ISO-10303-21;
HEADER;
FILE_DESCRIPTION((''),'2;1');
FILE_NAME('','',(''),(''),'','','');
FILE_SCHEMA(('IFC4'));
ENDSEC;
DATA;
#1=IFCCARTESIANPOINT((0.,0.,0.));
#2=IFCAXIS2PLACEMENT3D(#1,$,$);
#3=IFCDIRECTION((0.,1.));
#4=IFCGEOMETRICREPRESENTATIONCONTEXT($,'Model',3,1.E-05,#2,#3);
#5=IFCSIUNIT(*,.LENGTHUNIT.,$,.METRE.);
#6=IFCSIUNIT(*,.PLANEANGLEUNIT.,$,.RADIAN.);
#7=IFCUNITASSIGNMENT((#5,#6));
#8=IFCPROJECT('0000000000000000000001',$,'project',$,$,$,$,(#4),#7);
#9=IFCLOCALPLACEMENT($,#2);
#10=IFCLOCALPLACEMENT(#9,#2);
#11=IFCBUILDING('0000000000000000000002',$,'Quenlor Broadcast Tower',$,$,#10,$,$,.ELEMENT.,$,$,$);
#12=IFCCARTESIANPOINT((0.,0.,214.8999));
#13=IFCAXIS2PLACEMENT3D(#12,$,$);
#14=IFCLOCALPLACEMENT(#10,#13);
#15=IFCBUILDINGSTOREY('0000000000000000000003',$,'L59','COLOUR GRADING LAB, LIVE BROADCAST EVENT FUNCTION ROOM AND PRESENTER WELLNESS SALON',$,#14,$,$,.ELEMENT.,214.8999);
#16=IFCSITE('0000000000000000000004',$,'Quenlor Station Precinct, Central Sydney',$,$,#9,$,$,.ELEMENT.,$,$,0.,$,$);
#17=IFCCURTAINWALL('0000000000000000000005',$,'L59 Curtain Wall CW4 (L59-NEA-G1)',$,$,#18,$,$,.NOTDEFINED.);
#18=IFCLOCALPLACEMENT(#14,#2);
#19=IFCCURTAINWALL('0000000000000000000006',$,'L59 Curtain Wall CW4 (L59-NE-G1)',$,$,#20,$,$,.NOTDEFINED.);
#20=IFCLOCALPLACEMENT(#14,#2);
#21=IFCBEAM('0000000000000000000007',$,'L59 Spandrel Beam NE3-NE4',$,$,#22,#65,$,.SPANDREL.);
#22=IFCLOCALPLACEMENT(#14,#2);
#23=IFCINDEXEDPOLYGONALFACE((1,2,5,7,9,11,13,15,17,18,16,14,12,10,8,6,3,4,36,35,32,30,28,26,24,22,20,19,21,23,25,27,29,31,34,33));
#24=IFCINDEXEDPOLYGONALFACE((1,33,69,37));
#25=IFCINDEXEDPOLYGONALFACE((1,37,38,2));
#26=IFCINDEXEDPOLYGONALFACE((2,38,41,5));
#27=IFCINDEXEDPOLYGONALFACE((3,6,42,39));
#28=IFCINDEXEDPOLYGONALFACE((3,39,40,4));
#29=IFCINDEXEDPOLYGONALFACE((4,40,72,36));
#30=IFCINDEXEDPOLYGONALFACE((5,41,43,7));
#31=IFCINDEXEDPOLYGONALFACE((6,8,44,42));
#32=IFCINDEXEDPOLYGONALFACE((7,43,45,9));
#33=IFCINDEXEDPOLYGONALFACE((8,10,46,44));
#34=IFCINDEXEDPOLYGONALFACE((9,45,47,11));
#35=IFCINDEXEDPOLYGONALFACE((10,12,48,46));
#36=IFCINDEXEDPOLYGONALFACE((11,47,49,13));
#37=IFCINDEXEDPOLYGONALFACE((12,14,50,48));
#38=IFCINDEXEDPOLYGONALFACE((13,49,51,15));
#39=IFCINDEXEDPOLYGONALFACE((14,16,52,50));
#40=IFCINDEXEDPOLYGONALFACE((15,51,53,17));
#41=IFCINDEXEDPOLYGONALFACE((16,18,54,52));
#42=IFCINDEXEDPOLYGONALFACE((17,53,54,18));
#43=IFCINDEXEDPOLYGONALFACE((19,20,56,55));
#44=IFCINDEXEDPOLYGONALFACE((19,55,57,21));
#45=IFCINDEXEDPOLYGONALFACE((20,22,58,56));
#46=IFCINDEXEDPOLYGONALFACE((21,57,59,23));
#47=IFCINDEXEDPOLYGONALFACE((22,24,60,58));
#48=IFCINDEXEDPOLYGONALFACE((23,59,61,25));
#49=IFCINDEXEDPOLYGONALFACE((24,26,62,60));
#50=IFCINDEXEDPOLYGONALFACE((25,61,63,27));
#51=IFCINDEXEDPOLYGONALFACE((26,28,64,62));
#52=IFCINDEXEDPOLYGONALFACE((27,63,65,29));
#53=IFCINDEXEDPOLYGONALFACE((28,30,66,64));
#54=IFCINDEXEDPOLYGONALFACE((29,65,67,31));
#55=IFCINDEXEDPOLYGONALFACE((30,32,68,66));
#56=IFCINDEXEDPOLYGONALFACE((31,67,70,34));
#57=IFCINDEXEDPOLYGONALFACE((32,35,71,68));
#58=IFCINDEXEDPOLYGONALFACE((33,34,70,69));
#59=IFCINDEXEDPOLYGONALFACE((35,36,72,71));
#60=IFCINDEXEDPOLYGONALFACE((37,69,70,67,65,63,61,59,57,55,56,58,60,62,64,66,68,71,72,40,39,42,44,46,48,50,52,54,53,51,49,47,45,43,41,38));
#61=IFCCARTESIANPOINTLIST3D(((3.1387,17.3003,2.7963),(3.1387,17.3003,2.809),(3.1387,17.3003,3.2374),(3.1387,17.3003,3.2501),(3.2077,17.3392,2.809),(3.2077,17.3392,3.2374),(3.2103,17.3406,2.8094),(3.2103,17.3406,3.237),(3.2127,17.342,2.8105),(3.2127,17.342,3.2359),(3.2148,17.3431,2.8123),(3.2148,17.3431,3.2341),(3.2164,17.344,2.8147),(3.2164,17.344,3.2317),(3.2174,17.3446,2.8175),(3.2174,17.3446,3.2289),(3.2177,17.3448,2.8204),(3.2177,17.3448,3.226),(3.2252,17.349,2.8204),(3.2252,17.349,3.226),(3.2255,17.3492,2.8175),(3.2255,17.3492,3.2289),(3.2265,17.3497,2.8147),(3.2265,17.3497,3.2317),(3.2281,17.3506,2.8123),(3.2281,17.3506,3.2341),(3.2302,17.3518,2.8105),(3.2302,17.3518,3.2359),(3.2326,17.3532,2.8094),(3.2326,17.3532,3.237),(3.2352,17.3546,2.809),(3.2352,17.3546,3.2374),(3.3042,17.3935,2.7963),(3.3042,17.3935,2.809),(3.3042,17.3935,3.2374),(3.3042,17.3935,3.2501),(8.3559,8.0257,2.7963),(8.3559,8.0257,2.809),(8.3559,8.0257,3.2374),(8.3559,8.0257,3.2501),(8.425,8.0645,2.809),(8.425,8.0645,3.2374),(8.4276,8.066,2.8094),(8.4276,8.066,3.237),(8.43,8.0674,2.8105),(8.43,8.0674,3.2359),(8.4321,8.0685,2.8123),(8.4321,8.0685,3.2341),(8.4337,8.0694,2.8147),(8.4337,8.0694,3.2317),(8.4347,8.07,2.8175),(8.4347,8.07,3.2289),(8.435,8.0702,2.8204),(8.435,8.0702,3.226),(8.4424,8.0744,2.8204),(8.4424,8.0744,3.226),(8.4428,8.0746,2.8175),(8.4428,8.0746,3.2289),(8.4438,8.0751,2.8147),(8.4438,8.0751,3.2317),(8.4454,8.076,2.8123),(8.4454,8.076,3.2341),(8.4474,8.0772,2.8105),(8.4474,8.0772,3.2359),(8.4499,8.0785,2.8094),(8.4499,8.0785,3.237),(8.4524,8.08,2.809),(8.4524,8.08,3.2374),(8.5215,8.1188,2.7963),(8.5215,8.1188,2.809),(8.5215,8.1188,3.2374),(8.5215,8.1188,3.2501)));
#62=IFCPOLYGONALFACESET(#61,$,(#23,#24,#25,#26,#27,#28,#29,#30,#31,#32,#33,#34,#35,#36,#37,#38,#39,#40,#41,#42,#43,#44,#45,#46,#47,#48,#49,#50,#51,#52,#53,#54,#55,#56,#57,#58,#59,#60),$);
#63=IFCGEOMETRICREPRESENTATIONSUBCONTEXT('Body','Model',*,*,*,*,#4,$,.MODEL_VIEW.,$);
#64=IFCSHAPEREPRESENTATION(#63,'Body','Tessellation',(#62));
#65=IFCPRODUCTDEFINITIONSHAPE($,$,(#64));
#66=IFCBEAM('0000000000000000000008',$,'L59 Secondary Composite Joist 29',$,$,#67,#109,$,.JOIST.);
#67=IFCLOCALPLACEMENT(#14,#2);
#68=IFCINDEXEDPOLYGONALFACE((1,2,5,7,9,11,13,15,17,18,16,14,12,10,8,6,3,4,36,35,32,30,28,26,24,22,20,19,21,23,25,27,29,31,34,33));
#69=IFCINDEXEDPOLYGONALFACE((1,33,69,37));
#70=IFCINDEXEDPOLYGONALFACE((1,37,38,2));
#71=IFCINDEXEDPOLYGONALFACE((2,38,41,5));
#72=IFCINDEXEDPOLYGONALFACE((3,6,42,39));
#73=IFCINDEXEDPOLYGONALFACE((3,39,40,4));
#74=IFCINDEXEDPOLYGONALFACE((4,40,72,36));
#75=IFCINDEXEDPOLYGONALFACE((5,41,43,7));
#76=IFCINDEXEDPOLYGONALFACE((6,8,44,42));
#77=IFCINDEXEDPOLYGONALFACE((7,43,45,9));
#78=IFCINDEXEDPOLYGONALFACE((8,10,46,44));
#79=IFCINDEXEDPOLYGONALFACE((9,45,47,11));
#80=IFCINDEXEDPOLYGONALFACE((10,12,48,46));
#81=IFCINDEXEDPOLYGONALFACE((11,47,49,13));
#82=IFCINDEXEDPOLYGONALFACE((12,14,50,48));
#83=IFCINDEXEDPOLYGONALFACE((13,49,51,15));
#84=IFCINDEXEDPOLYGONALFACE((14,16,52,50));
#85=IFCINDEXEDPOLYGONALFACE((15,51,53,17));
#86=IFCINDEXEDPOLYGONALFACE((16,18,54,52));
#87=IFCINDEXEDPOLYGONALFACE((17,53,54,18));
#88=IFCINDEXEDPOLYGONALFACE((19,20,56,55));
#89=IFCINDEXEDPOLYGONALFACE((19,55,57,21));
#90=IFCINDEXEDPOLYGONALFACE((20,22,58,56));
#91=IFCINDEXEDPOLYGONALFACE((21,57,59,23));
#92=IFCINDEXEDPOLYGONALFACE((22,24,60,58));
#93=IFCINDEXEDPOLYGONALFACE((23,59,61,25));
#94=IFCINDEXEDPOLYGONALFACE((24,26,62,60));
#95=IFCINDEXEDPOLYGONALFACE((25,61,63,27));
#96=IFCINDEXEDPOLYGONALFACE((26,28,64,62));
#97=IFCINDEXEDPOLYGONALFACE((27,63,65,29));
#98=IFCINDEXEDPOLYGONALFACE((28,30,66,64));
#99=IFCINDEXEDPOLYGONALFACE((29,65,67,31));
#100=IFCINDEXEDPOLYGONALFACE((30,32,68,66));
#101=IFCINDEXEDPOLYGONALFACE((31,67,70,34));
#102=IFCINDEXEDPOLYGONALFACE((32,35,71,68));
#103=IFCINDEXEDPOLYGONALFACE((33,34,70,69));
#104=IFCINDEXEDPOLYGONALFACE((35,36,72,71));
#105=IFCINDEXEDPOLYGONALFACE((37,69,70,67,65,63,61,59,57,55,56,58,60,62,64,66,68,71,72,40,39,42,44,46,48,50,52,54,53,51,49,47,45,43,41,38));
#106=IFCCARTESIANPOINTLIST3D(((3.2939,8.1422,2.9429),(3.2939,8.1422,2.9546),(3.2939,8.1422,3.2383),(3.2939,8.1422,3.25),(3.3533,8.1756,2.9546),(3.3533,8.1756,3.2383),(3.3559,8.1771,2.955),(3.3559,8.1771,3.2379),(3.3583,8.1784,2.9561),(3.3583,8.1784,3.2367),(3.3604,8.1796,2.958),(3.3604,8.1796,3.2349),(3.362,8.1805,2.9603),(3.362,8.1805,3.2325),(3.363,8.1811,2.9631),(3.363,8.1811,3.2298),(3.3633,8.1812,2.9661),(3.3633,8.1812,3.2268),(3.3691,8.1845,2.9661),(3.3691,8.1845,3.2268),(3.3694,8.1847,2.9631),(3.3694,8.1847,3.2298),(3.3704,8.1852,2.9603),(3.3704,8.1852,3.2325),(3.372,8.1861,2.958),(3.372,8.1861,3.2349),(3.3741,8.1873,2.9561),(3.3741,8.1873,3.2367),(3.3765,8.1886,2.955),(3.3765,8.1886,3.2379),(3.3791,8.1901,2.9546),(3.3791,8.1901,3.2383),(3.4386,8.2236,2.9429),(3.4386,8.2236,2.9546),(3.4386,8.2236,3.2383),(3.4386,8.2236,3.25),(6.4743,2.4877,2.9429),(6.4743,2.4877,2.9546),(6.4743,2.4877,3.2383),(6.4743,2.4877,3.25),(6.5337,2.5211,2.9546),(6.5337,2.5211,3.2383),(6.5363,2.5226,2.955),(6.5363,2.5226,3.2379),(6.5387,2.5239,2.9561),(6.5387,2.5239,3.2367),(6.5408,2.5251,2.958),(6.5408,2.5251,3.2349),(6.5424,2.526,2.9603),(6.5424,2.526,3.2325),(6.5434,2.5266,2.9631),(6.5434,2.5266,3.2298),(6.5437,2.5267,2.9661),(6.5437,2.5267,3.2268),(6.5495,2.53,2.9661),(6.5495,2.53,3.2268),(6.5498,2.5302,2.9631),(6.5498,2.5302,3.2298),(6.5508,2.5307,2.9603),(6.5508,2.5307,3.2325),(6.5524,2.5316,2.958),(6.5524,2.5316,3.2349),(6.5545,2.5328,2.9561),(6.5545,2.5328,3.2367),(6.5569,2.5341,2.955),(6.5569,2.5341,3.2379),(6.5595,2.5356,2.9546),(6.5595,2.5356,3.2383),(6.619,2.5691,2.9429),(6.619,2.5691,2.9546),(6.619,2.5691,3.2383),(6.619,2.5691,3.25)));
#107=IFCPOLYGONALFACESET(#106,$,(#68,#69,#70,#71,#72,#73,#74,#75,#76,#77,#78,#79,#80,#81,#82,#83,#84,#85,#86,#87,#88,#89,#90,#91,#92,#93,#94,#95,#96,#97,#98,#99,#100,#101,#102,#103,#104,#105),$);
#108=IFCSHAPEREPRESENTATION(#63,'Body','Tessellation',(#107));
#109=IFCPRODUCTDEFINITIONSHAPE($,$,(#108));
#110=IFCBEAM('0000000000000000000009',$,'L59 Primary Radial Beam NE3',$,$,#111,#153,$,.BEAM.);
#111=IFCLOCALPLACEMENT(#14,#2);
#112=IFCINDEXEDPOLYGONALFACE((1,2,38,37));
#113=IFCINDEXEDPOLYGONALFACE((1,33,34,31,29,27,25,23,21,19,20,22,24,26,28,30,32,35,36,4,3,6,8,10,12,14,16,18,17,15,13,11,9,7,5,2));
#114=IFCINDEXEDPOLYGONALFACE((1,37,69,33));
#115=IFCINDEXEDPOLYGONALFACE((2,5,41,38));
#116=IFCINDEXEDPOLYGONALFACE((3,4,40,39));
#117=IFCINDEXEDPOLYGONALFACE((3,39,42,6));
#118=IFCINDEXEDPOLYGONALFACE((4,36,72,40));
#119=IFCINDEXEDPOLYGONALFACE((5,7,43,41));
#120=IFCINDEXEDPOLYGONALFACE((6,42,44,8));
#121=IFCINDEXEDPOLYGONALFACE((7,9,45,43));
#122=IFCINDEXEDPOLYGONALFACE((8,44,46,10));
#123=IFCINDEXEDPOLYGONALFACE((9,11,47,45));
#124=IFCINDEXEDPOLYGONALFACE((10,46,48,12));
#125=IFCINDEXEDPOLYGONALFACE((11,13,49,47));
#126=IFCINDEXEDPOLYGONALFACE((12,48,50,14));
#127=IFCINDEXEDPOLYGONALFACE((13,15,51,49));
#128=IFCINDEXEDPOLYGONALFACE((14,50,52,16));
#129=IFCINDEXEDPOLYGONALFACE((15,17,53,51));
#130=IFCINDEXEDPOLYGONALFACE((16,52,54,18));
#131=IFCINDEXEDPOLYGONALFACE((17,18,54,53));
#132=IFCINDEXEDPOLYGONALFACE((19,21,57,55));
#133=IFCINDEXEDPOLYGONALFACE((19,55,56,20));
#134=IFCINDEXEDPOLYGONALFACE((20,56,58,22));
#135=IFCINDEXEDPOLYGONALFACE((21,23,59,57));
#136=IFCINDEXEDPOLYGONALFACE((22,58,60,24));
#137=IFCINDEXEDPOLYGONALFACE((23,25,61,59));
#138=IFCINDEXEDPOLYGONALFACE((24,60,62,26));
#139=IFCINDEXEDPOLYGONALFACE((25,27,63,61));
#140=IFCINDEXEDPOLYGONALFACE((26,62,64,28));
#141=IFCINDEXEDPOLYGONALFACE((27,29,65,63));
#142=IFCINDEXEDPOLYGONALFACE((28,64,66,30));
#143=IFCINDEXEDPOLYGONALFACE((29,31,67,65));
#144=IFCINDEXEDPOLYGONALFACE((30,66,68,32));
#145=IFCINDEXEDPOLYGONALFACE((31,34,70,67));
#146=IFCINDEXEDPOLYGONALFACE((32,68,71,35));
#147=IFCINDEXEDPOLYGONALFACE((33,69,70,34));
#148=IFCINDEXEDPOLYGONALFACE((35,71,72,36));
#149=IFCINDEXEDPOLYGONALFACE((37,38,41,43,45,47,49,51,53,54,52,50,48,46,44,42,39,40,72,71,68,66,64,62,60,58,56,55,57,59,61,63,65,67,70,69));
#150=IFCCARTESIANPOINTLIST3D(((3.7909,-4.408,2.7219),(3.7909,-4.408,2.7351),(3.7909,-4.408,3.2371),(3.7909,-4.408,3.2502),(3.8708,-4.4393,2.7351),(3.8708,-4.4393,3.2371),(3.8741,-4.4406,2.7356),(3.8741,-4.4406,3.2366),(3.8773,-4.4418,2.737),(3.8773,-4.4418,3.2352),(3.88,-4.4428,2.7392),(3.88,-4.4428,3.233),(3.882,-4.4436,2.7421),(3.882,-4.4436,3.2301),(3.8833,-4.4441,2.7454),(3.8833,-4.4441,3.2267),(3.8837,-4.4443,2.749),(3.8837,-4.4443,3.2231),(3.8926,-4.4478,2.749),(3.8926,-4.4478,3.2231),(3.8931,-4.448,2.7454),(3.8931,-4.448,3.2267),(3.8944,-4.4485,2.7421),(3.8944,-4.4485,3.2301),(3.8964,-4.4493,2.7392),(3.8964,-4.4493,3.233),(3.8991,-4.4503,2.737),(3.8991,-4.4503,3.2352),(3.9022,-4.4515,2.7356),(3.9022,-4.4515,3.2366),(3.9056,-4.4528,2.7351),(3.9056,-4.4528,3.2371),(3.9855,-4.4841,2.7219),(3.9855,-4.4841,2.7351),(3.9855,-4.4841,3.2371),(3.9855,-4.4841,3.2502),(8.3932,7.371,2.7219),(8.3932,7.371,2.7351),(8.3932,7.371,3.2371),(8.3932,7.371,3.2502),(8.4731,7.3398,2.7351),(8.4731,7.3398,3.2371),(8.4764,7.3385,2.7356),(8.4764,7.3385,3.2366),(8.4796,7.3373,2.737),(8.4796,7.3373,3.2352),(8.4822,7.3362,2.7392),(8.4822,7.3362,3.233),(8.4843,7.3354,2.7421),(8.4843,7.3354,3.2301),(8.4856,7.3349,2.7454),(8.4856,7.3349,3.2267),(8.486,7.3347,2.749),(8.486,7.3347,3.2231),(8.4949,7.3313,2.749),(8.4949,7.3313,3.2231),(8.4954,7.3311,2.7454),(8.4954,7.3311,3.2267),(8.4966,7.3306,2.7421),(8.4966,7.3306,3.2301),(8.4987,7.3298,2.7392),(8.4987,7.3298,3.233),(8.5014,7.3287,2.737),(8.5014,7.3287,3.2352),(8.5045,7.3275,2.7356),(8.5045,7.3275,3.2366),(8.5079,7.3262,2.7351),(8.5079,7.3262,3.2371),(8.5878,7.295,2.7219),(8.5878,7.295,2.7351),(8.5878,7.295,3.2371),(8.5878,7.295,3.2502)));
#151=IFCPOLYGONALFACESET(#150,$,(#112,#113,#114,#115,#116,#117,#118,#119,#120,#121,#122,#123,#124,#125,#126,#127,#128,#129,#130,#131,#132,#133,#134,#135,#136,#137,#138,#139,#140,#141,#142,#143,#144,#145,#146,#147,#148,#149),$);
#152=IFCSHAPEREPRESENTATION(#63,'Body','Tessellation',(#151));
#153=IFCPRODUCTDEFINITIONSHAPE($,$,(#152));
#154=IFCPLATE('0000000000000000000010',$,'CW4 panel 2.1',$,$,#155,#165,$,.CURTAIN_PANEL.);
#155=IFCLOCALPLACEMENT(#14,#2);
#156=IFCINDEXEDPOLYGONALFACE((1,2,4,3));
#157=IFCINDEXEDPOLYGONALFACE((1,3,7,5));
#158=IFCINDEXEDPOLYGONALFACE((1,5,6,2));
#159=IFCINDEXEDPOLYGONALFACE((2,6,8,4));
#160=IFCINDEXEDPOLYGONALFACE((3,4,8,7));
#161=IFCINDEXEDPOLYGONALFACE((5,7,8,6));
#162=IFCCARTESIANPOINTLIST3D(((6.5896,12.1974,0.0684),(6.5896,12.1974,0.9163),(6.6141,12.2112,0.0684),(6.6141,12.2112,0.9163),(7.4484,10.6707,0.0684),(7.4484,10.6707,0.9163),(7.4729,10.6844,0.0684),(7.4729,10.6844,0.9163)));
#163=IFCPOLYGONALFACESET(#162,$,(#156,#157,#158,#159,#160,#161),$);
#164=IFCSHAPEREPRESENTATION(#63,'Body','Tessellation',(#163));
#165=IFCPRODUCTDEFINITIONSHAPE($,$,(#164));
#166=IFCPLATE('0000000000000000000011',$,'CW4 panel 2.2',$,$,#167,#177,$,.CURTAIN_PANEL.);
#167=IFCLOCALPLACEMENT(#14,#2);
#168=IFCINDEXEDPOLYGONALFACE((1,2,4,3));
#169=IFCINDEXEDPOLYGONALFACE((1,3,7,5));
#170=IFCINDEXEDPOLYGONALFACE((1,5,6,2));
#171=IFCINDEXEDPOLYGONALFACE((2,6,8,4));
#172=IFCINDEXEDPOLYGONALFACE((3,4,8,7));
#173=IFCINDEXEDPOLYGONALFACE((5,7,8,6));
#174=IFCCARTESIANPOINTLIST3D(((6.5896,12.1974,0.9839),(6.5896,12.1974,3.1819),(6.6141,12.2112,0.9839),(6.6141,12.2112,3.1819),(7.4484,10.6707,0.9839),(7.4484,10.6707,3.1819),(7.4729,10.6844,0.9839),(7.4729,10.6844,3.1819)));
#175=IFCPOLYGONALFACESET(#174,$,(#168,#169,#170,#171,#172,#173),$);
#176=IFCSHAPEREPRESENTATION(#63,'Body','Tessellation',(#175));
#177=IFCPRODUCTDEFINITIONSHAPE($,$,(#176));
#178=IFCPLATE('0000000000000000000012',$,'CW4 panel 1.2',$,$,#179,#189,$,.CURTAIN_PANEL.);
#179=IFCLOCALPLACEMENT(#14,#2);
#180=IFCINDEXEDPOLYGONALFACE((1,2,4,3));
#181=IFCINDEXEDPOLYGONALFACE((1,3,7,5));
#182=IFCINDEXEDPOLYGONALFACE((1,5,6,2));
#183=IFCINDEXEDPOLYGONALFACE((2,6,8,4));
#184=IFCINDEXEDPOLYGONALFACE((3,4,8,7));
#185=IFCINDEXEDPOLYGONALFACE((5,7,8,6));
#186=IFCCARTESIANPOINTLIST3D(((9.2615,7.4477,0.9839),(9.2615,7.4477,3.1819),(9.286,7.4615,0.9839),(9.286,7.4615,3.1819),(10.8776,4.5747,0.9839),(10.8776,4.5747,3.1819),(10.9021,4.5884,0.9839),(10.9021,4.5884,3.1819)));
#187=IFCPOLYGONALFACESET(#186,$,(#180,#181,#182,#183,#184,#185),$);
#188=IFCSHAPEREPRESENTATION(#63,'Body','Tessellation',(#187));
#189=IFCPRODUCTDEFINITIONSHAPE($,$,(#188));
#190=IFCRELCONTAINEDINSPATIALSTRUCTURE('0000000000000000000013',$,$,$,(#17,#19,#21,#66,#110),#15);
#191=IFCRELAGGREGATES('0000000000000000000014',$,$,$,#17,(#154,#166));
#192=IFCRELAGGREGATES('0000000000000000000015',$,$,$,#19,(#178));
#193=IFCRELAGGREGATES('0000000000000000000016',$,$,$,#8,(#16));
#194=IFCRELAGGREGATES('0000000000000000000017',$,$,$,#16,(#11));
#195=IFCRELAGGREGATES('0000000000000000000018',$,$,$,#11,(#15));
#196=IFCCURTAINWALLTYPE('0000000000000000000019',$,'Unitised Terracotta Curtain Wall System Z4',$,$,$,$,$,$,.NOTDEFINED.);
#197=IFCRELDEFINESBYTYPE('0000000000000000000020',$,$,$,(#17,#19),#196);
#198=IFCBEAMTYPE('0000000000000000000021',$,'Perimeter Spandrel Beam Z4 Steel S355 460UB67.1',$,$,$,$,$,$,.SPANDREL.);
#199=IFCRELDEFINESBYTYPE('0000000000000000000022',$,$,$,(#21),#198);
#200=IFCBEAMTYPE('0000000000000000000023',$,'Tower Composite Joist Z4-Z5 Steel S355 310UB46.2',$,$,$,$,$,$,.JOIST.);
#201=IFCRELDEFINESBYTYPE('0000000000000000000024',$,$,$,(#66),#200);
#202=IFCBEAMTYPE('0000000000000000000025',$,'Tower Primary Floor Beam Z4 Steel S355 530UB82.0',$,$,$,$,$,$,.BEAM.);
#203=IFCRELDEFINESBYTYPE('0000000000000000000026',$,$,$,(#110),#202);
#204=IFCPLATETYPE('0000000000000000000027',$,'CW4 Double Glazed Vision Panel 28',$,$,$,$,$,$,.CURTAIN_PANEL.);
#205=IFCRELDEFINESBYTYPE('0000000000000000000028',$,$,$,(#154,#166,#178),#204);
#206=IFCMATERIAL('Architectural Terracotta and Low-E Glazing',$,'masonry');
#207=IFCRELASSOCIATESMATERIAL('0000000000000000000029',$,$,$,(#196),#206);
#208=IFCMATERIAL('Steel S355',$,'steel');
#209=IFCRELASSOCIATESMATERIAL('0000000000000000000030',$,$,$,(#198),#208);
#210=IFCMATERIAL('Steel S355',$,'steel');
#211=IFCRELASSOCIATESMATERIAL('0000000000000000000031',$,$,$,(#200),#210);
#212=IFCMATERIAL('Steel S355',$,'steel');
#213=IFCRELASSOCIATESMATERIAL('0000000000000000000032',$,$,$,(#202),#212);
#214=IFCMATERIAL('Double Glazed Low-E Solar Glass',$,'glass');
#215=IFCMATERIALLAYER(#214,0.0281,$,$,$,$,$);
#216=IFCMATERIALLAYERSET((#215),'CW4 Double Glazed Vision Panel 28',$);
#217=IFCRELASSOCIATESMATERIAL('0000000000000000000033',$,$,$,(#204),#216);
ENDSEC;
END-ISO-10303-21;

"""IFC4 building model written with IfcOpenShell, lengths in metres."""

from ifc_helpers import new_model, si_unit, direction, frame, origin, origin_2d, place, context, subcontext, project, spatial, rectangle, i_section, extrude, material, layer, layer_set, material_profile, profile_set, type_object, element, aggregate, save


model = new_model("IFC4")

# Units and contexts
model_context = context("Model", 3, precision=1e-05, world=origin(), true_north=direction((0.0, 1.0)))
body_context = subcontext(model_context, "Body", "Model", "MODEL_VIEW")
ifc_project = project(units=[si_unit("LENGTHUNIT", "METRE"), si_unit("PLANEANGLEUNIT", "RADIAN")], contexts=[model_context])

# Site, building, storey
site_placement = place(None, origin())
site = spatial("IfcSite", under=ifc_project, at=site_placement, Name="Quenlor Station Precinct, Central Sydney", CompositionType="ELEMENT", RefElevation=0.0)
building_placement = place(site_placement, origin())
building = spatial("IfcBuilding", under=site, at=building_placement, Name="Quenlor Broadcast Tower", CompositionType="ELEMENT")
storey_placement = place(building_placement, frame((0.0, 0.0, 214.8999)))
storey = spatial("IfcBuildingStorey", under=building, at=storey_placement, Name="L59", Description="COLOUR GRADING LAB, LIVE BROADCAST EVENT FUNCTION ROOM AND PRESENTER WELLNESS SALON", CompositionType="ELEMENT", Elevation=214.8999)

# Curtain walls
ifc_material_1 = material(Name="Architectural Terracotta and Low-E Glazing", Category="masonry")
curtain_wall_type = type_object("IfcCurtainWallType", Name="Unitised Terracotta Curtain Wall System Z4", PredefinedType="NOTDEFINED", material=ifc_material_1)
curtain_wall_1_placement = place(storey_placement, origin())
curtain_wall_1 = element("IfcCurtainWall", 1, at=curtain_wall_1_placement, inside=storey, type_object=curtain_wall_type, Name="L59 Curtain Wall CW4 (L59-NEA-G1)", PredefinedType="NOTDEFINED")
curtain_wall_2_placement = place(storey_placement, origin())
curtain_wall_2 = element("IfcCurtainWall", 2, at=curtain_wall_2_placement, inside=storey, type_object=curtain_wall_type, Name="L59 Curtain Wall CW4 (L59-NE-G1)", PredefinedType="NOTDEFINED")

# Beams
ifc_material_2 = material(Name="Steel S355", Category="steel")
ifc_material_profile_1 = material_profile(ifc_material_2, i_section(OverallWidth=0.1899, OverallDepth=0.4539, WebThickness=0.0085, FlangeThickness=0.0127, FilletRadius=0.0115, at=origin_2d()))
ifc_profile_set_1 = profile_set([ifc_material_profile_1], Name="Steel S355 460UB67.1")
beam_type_1 = type_object("IfcBeamType", Name="Perimeter Spandrel Beam Z4 Steel S355 460UB67.1", PredefinedType="SPANDREL", material=ifc_profile_set_1)
beam_1_placement = place(storey_placement, frame((8.4387, 8.0723, 3.0232), z_axis=(-0.490282, 0.871564, 0.0), x_axis=(-0.871564, -0.490282, 0.0)))
element("IfcBeam", 3, at=beam_1_placement, inside=storey, type_object=beam_type_1, Name="L59 Spandrel Beam NE3-NE4", PredefinedType="SPANDREL", context=body_context, shape_type="SweptSolid", body=[
    extrude(i_section(OverallWidth=0.1899, OverallDepth=0.4539, WebThickness=0.0085, FlangeThickness=0.0127, FilletRadius=0.0115, at=origin_2d()), origin(), (0.0, 0.0, 1.0), 10.6414),
])
ifc_material_3 = material(Name="Steel S355", Category="steel")
ifc_material_profile_2 = material_profile(ifc_material_3, i_section(OverallWidth=0.166, OverallDepth=0.3071, WebThickness=0.0066, FlangeThickness=0.0117, FilletRadius=0.0115, at=origin_2d()))
ifc_profile_set_2 = profile_set([ifc_material_profile_2], Name="Steel S355 310UB46.2")
beam_type_2 = type_object("IfcBeamType", Name="Tower Composite Joist Z4-Z5 Steel S355 310UB46.2", PredefinedType="JOIST", material=ifc_profile_set_2)
beam_2_placement = place(storey_placement, frame((3.3662, 8.1829, 3.0964), z_axis=(0.490231, -0.871593, 0.0), x_axis=(0.871593, 0.490231, 0.0)))
element("IfcBeam", 4, at=beam_2_placement, inside=storey, type_object=beam_type_2, Name="L59 Secondary Composite Joist 29", PredefinedType="JOIST", context=body_context, shape_type="SweptSolid", body=[
    extrude(i_section(OverallWidth=0.166, OverallDepth=0.3071, WebThickness=0.0066, FlangeThickness=0.0117, FilletRadius=0.0115, at=origin_2d()), origin(), (0.0, 0.0, 1.0), 6.4875),
])
ifc_material_4 = material(Name="Steel S355", Category="steel")
ifc_material_profile_3 = material_profile(ifc_material_4, i_section(OverallWidth=0.209, OverallDepth=0.5283, WebThickness=0.0095, FlangeThickness=0.0132, FilletRadius=0.0139, at=origin_2d()))
ifc_profile_set_3 = profile_set([ifc_material_profile_3], Name="Steel S355 530UB82.0")
beam_type_3 = type_object("IfcBeamType", Name="Tower Primary Floor Beam Z4 Steel S355 530UB82.0", PredefinedType="BEAM", material=ifc_profile_set_3)
beam_3_placement = place(storey_placement, frame((8.4905, 7.333, 2.9861), z_axis=(-0.363926, -0.931428, 0.0), x_axis=(0.931428, -0.363926, 0.0)))
element("IfcBeam", 5, at=beam_3_placement, inside=storey, type_object=beam_type_3, Name="L59 Primary Radial Beam NE3", PredefinedType="BEAM", context=body_context, shape_type="SweptSolid", body=[
    extrude(i_section(OverallWidth=0.209, OverallDepth=0.5283, WebThickness=0.0095, FlangeThickness=0.0132, FilletRadius=0.0139, at=origin_2d()), origin(), (0.0, 0.0, 1.0), 12.6462),
])

# Plates
ifc_material_5 = material(Name="Double Glazed Low-E Solar Glass", Category="glass")
ifc_layer_1 = layer(ifc_material_5, 0.0281)
ifc_layer_set_1 = layer_set([ifc_layer_1], Name="CW4 Double Glazed Vision Panel 28")
plate_type_1 = type_object("IfcPlateType", Name="CW4 Double Glazed Vision Panel 28", PredefinedType="CURTAIN_PANEL", material=ifc_layer_set_1)
plate_1_placement = place(storey_placement, frame((7.0312, 11.4409, 0.0684), z_axis=(0.0, 0.0, 1.0), x_axis=(0.49026, -0.871576, 0.0)))
plate_1 = element("IfcPlate", 6, at=plate_1_placement, type_object=plate_type_1, Name="CW4 panel 2.1", PredefinedType="CURTAIN_PANEL", context=body_context, shape_type="SweptSolid", body=[
    extrude(rectangle(XDim=1.7517, YDim=0.0281, at=origin_2d()), origin(), (0.0, 0.0, 1.0), 0.8479),
])
plate_2_placement = place(storey_placement, frame((7.0312, 11.4409, 0.9839), z_axis=(0.0, 0.0, 1.0), x_axis=(0.49026, -0.871576, 0.0)))
plate_2 = element("IfcPlate", 7, at=plate_2_placement, type_object=plate_type_1, Name="CW4 panel 2.2", PredefinedType="CURTAIN_PANEL", context=body_context, shape_type="SweptSolid", body=[
    extrude(rectangle(XDim=1.7517, YDim=0.0281, at=origin_2d()), origin(), (0.0, 0.0, 1.0), 2.198),
])
aggregate(curtain_wall_1, [plate_1, plate_2])
plate_3_placement = place(storey_placement, frame((10.0818, 6.0181, 0.9839), z_axis=(0.0, 0.0, 1.0), x_axis=(0.490257, -0.871578, 0.0)))
plate_3 = element("IfcPlate", 8, at=plate_3_placement, type_object=plate_type_1, Name="CW4 panel 1.2", PredefinedType="CURTAIN_PANEL", context=body_context, shape_type="SweptSolid", body=[
    extrude(rectangle(XDim=3.2964, YDim=0.0281, at=origin_2d()), origin(), (0.0, 0.0, 1.0), 2.198),
])
aggregate(curtain_wall_2, [plate_3])

save(model, "model.ifc")
